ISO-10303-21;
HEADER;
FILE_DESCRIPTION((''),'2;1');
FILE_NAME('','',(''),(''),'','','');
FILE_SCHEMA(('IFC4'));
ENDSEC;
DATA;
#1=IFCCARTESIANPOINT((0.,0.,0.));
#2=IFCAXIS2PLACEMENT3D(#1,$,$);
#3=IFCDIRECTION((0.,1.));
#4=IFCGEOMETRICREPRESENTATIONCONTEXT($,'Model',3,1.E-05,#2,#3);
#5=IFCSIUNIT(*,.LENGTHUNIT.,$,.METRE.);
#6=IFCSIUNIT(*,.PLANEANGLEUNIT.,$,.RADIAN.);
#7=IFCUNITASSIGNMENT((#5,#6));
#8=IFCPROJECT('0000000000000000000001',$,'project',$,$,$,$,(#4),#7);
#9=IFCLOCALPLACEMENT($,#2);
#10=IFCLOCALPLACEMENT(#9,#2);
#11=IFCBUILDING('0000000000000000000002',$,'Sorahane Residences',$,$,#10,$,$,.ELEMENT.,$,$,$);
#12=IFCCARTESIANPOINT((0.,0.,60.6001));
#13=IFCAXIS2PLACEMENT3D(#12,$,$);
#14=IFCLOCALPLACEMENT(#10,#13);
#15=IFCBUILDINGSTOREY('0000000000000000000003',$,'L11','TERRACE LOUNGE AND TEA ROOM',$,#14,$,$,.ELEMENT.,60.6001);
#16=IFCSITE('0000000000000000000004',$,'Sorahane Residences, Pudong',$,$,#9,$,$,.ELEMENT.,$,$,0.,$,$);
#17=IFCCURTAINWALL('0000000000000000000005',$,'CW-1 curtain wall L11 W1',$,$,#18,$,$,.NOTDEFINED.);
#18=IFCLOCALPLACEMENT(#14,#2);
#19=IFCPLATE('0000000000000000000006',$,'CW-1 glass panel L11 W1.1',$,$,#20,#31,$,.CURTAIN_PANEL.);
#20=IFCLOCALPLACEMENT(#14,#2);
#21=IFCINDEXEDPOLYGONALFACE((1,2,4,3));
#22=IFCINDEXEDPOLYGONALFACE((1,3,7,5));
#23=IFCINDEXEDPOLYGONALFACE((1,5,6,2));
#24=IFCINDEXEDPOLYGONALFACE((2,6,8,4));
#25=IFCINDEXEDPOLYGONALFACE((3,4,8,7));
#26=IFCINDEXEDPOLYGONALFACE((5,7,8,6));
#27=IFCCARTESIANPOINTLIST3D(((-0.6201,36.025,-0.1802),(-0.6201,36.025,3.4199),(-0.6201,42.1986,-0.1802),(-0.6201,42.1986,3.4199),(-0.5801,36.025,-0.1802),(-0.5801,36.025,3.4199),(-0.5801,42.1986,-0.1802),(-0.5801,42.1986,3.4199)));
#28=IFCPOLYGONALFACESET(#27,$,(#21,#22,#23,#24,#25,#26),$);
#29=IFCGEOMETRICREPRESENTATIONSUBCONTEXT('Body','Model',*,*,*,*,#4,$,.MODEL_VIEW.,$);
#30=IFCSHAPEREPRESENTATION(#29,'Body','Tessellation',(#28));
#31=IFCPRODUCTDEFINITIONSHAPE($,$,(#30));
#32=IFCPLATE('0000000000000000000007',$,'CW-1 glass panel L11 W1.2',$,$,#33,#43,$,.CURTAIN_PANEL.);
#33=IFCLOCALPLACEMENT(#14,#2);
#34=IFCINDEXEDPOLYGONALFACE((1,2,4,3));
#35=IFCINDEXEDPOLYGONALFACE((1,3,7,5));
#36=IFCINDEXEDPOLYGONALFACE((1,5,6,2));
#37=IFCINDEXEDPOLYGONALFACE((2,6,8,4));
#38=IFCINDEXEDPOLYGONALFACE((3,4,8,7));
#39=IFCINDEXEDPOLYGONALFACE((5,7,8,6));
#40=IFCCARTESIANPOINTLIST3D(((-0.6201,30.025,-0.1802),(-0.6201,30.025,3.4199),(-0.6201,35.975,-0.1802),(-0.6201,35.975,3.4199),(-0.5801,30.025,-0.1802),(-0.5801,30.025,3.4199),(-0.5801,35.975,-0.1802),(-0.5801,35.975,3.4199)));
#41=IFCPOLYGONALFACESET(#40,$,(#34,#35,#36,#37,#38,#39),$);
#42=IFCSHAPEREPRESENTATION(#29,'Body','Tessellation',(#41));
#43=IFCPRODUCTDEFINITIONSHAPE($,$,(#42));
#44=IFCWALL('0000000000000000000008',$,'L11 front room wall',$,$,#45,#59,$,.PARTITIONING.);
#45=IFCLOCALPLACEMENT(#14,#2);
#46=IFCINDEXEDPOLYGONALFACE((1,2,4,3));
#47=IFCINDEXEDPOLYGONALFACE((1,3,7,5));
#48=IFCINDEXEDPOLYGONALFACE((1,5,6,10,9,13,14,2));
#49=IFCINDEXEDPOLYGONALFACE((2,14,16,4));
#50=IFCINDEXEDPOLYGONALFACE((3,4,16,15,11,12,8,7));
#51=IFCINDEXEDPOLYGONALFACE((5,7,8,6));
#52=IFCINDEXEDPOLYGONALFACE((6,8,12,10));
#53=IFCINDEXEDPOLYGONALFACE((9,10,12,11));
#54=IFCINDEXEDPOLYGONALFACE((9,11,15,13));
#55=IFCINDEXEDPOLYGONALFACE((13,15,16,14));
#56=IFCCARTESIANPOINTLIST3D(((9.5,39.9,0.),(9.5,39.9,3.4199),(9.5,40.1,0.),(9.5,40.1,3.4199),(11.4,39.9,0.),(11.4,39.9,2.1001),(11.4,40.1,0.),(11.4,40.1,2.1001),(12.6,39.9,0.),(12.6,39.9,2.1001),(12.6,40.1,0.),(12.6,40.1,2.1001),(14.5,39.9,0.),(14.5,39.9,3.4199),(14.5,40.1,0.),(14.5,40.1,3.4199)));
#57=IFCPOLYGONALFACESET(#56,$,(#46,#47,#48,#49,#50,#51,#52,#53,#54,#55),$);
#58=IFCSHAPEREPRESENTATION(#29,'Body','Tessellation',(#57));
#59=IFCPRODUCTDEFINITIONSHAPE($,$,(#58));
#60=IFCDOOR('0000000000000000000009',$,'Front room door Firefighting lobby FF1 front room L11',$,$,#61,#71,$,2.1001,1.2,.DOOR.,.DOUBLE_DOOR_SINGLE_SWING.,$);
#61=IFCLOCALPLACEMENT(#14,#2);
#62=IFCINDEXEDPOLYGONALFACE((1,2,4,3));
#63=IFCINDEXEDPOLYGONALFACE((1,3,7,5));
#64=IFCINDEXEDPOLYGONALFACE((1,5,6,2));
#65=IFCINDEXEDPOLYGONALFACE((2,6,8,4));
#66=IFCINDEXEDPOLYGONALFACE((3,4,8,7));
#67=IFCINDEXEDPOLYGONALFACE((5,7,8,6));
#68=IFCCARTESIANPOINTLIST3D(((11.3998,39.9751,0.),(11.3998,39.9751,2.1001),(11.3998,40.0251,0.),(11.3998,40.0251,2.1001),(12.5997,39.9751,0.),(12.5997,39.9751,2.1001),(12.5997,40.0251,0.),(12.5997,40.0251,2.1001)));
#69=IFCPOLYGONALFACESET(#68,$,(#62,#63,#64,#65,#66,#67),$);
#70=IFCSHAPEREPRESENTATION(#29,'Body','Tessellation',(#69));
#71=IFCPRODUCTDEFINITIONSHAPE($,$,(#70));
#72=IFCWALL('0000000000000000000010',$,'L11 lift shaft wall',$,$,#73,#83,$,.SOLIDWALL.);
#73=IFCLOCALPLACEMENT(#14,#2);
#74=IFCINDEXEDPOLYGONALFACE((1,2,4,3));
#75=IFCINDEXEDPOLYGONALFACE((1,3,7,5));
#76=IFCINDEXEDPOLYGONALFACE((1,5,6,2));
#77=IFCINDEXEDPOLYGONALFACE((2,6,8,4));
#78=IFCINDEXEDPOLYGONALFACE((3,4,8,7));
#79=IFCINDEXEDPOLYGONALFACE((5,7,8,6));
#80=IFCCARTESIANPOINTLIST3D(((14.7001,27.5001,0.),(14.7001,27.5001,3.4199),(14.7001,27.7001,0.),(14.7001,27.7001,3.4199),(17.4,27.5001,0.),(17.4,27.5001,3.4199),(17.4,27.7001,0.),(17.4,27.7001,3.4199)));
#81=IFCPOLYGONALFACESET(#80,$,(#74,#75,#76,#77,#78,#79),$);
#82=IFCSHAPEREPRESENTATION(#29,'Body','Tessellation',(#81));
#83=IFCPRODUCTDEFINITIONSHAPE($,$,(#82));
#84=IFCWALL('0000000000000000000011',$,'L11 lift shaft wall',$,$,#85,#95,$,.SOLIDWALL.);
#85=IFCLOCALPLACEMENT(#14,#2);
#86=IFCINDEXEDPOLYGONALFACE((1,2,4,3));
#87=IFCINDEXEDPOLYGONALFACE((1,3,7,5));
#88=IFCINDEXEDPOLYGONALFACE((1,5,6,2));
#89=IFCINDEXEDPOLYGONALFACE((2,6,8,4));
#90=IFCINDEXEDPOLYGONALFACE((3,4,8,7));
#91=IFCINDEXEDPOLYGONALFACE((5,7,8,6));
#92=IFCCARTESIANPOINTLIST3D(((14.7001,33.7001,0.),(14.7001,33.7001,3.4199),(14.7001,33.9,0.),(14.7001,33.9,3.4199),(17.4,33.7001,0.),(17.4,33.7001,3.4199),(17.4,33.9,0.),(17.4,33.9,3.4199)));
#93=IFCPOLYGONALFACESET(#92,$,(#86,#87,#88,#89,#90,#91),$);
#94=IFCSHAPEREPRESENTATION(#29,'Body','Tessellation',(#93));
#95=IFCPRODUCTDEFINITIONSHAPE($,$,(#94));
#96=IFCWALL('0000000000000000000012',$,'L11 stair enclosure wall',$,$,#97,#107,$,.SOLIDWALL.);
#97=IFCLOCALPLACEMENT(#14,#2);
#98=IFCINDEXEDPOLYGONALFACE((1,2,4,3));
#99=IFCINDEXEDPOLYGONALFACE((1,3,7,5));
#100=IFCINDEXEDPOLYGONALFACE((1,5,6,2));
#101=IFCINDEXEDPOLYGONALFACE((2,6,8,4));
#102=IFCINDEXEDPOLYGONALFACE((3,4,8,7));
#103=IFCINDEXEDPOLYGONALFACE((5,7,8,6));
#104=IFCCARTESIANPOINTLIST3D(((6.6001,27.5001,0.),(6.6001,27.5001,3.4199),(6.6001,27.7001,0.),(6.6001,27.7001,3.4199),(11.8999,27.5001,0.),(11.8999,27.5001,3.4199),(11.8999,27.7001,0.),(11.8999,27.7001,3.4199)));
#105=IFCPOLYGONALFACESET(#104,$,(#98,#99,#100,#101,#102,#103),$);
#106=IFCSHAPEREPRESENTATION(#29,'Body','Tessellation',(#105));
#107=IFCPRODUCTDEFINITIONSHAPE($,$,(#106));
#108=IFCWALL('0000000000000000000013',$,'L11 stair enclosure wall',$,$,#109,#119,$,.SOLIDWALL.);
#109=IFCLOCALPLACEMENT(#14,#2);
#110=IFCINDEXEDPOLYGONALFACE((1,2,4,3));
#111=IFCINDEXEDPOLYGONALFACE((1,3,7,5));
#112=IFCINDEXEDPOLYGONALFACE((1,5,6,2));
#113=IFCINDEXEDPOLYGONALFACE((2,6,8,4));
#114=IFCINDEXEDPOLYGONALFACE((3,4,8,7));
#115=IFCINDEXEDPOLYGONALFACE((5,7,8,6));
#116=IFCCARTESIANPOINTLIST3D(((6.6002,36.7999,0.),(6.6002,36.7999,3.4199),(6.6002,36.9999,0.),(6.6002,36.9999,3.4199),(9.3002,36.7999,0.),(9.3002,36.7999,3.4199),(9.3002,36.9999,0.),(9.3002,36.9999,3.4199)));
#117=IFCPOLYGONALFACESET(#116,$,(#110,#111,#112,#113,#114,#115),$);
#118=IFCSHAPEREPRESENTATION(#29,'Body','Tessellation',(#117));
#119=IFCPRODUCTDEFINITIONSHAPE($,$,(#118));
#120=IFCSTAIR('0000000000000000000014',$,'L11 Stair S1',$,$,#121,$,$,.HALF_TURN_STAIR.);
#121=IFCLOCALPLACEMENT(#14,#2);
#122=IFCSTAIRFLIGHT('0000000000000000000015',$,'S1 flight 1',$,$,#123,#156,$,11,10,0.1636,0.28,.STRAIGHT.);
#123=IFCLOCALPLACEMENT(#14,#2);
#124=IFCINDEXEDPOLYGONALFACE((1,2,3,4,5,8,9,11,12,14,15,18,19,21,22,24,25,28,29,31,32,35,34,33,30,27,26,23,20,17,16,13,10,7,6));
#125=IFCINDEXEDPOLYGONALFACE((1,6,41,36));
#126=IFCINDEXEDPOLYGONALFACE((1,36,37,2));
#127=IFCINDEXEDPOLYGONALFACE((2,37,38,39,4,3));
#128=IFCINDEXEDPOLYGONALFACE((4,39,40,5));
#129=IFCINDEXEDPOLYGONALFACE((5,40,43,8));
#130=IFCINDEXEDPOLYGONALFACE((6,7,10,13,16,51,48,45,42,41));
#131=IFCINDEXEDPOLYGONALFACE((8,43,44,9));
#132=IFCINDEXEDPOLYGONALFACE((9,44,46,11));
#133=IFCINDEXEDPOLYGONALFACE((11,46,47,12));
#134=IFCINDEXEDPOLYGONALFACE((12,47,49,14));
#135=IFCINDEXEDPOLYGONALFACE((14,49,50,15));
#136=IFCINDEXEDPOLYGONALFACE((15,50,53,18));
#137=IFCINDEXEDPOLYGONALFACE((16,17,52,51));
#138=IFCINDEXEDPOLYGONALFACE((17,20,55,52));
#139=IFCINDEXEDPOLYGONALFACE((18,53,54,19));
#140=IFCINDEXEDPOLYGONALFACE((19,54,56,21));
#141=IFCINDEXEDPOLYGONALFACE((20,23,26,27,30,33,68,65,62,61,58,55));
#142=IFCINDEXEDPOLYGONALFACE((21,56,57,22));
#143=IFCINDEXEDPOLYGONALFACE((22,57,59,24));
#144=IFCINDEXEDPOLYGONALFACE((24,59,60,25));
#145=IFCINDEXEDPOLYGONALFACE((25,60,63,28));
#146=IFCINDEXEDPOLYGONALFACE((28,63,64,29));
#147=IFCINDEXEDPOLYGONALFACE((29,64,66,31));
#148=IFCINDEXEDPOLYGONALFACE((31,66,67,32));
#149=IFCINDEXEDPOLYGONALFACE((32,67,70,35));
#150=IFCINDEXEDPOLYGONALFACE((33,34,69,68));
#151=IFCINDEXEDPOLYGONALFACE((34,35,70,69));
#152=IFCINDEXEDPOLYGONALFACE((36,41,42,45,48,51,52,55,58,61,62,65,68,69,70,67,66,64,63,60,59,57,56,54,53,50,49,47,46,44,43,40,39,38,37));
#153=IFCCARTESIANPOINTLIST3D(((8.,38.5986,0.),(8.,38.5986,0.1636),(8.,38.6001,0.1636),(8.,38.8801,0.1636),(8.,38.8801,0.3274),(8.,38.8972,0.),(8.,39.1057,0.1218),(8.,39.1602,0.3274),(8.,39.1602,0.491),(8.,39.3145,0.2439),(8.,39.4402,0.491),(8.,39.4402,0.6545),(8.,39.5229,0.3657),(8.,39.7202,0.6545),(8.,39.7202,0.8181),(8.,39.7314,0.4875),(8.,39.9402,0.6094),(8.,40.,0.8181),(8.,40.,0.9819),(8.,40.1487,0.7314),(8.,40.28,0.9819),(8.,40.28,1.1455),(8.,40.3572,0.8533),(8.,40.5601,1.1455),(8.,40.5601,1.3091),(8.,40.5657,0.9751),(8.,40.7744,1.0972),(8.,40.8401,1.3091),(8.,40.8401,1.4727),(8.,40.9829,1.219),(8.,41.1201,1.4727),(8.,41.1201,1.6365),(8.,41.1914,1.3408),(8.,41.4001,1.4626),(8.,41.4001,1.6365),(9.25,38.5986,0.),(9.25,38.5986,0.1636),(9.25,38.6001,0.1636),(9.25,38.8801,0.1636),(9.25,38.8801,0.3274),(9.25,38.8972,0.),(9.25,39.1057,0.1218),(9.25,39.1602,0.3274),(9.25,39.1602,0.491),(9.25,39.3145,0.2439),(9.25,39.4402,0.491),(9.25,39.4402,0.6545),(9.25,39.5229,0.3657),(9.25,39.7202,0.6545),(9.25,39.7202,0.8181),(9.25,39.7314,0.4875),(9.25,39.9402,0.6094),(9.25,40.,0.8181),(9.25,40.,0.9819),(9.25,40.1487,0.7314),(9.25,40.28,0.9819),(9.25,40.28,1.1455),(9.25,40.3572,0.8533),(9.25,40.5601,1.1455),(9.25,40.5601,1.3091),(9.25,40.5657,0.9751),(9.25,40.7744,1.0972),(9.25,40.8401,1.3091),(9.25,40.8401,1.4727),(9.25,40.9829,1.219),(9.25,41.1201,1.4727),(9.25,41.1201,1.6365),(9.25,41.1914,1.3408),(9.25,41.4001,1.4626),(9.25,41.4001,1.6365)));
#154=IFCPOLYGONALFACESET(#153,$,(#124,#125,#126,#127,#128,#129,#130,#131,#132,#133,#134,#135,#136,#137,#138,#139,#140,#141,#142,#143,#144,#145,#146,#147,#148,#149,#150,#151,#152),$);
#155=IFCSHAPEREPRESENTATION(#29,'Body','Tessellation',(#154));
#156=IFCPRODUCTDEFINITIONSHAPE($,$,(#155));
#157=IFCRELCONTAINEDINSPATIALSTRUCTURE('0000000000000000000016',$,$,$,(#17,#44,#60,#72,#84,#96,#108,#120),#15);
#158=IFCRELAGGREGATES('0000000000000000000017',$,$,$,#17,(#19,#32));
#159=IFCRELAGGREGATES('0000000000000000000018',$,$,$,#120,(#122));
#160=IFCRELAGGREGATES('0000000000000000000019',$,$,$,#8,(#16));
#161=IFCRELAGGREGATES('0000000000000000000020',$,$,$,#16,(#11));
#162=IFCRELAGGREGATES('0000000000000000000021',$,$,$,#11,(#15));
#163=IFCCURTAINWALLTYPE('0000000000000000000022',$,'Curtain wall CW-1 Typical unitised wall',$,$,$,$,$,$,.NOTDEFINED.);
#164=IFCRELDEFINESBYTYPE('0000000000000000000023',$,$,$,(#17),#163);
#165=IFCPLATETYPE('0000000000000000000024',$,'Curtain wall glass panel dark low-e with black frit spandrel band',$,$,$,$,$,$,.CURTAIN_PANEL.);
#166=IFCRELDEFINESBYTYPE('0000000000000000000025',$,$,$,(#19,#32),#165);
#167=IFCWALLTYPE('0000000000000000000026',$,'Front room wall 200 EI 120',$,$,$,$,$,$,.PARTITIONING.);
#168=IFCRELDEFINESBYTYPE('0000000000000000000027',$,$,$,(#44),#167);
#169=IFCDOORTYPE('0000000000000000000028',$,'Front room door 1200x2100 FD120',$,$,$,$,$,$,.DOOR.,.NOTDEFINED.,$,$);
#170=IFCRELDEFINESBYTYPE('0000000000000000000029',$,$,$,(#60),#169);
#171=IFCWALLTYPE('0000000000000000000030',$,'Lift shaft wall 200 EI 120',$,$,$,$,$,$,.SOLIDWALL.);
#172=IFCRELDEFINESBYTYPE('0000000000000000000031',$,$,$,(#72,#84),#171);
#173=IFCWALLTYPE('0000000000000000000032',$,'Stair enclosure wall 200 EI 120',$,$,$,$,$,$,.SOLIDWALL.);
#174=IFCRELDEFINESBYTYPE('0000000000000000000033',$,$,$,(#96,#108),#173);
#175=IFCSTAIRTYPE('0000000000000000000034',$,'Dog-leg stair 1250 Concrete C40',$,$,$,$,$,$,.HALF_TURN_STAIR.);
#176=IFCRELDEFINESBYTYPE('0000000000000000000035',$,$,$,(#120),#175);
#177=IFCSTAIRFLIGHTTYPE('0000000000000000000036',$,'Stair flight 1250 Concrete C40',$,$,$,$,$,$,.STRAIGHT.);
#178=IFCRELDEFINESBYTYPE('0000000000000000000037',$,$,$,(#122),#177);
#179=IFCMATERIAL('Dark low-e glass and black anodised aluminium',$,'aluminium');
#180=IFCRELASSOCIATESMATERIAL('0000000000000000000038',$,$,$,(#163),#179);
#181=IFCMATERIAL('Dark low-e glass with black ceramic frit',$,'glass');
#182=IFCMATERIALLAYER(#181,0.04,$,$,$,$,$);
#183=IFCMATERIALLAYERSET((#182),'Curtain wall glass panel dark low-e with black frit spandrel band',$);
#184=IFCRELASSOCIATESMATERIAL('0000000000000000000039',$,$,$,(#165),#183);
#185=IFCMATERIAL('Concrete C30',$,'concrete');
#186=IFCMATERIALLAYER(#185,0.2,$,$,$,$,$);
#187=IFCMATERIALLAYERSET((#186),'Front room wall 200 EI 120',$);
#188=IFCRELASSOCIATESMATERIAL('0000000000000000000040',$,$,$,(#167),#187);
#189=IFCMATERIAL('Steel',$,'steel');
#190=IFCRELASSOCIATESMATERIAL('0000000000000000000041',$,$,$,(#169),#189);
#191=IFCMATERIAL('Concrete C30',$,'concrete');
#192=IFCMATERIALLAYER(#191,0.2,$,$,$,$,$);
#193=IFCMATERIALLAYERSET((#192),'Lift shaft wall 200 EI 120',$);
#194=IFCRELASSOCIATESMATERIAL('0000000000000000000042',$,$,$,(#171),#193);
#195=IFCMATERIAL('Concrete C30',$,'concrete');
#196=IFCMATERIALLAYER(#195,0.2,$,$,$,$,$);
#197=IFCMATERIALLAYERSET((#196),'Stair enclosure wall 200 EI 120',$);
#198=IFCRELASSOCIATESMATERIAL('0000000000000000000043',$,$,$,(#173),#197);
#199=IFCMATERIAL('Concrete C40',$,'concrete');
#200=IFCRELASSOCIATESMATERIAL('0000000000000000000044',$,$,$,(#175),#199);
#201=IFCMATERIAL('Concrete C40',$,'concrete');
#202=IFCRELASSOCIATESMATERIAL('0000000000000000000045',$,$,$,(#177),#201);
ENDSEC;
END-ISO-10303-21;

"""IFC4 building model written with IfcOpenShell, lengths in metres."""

from ifc_helpers import new_model, si_unit, direction, frame, frame_2d, origin, origin_2d, place, context, subcontext, project, spatial, polyline, rectangle, outline, extrude, material, layer, layer_set, type_object, element, fill, aggregate, save


model = new_model("IFC4")

# Units and contexts
model_context = context("Model", 3, precision=1e-05, world=origin(), true_north=direction((0.0, 1.0)))
body_context = subcontext(model_context, "Body", "Model", "MODEL_VIEW")
ifc_project = project(units=[si_unit("LENGTHUNIT", "METRE"), si_unit("PLANEANGLEUNIT", "RADIAN")], contexts=[model_context])

# Site, building, storey
site_placement = place(None, origin())
site = spatial("IfcSite", under=ifc_project, at=site_placement, Name="Sorahane Residences, Pudong", CompositionType="ELEMENT", RefElevation=0.0)
building_placement = place(site_placement, origin())
building = spatial("IfcBuilding", under=site, at=building_placement, Name="Sorahane Residences", CompositionType="ELEMENT")
storey_placement = place(building_placement, frame((0.0, 0.0, 60.6001)))
storey = spatial("IfcBuildingStorey", under=building, at=storey_placement, Name="L11", Description="TERRACE LOUNGE AND TEA ROOM", CompositionType="ELEMENT", Elevation=60.6001)

# Curtain wall
ifc_material_1 = material(Name="Dark low-e glass and black anodised aluminium", Category="aluminium")
curtain_wall_type = type_object("IfcCurtainWallType", Name="Curtain wall CW-1 Typical unitised wall", PredefinedType="NOTDEFINED", material=ifc_material_1)
curtain_wall_placement = place(storey_placement, origin())
curtain_wall = element("IfcCurtainWall", 1, at=curtain_wall_placement, inside=storey, type_object=curtain_wall_type, Name="CW-1 curtain wall L11 W1", PredefinedType="NOTDEFINED")

# Plates
ifc_material_2 = material(Name="Dark low-e glass with black ceramic frit", Category="glass")
ifc_layer_1 = layer(ifc_material_2, 0.04)
ifc_layer_set_1 = layer_set([ifc_layer_1], Name="Curtain wall glass panel dark low-e with black frit spandrel band")
plate_type = type_object("IfcPlateType", Name="Curtain wall glass panel dark low-e with black frit spandrel band", PredefinedType="CURTAIN_PANEL", material=ifc_layer_set_1)
plate_1_placement = place(storey_placement, frame((-0.6001, 39.1118, -0.1802), z_axis=(0.0, 0.0, 1.0), x_axis=(0.0, -1.0, 0.0)))
plate_1 = element("IfcPlate", 2, at=plate_1_placement, type_object=plate_type, Name="CW-1 glass panel L11 W1.1", PredefinedType="CURTAIN_PANEL", context=body_context, shape_type="SweptSolid", body=[
    extrude(rectangle(XDim=6.1736, YDim=0.04, at=origin_2d()), origin(), (0.0, 0.0, 1.0), 3.6001),
])
plate_2_placement = place(storey_placement, frame((-0.6001, 33.0, -0.1802), z_axis=(0.0, 0.0, 1.0), x_axis=(0.0, -1.0, 0.0)))
plate_2 = element("IfcPlate", 3, at=plate_2_placement, type_object=plate_type, Name="CW-1 glass panel L11 W1.2", PredefinedType="CURTAIN_PANEL", context=body_context, shape_type="SweptSolid", body=[
    extrude(rectangle(XDim=5.95, YDim=0.04, at=origin_2d()), origin(), (0.0, 0.0, 1.0), 3.6001),
])
aggregate(curtain_wall, [plate_1, plate_2])

# Wall, opening, door
ifc_material_3 = material(Name="Concrete C30", Category="concrete")
ifc_layer_2 = layer(ifc_material_3, 0.2)
ifc_layer_set_2 = layer_set([ifc_layer_2], Name="Front room wall 200 EI 120")
wall_type_1 = type_object("IfcWallType", Name="Front room wall 200 EI 120", PredefinedType="PARTITIONING", material=ifc_layer_set_2)
wall_1_placement = place(storey_placement, frame((9.5, 40.0, 0.0), z_axis=(0.0, 0.0, 1.0), x_axis=(1.0, 0.0, 0.0)))
wall_1 = element("IfcWall", 4, at=wall_1_placement, inside=storey, type_object=wall_type_1, Name="L11 front room wall", PredefinedType="PARTITIONING", context=body_context, shape_type="SweptSolid", body=[
    extrude(rectangle(XDim=5.0, YDim=0.2, at=frame_2d((2.5, 0.0))), origin(), (0.0, 0.0, 1.0), 3.4199),
])
opening_placement = place(wall_1_placement, frame((1.8999, 0.0, 0.0)))
opening = element("IfcOpeningElement", 5, at=opening_placement, cuts=wall_1, PredefinedType="OPENING", context=body_context, shape_type="SweptSolid", body=[
    extrude(rectangle(XDim=1.2, YDim=2.1001, at=frame_2d((0.6001, 1.05))), frame((0.0, 0.1099, 0.0), z_axis=(0.0, -1.0, 0.0), x_axis=(1.0, 0.0, 0.0)), (0.0, 0.0, 1.0), 0.22),
])
ifc_material_4 = material(Name="Steel", Category="steel")
door_type = type_object("IfcDoorType", Name="Front room door 1200x2100 FD120", OperationType="NOTDEFINED", PredefinedType="DOOR", material=ifc_material_4)
door_placement = place(opening_placement, frame((1.2, 0.0, 0.0), z_axis=(0.0, 0.0, 1.0), x_axis=(-1.0, 0.0, 0.0)))
door = element("IfcDoor", 6, at=door_placement, inside=storey, type_object=door_type, Name="Front room door Firefighting lobby FF1 front room L11", OperationType="DOUBLE_DOOR_SINGLE_SWING", OverallHeight=2.1001, OverallWidth=1.2, PredefinedType="DOOR", context=body_context, shape_type="SweptSolid", body=[
    extrude(rectangle(XDim=1.2, YDim=2.1001, at=frame_2d((0.6001, 1.05))), frame((0.0, 0.0249, 0.0), z_axis=(0.0, -1.0, 0.0), x_axis=(1.0, 0.0, 0.0)), (0.0, 0.0, 1.0), 0.05),
])
fill(opening, door)

# Walls
ifc_material_5 = material(Name="Concrete C30", Category="concrete")
ifc_layer_3 = layer(ifc_material_5, 0.2)
ifc_layer_set_3 = layer_set([ifc_layer_3], Name="Lift shaft wall 200 EI 120")
wall_type_2 = type_object("IfcWallType", Name="Lift shaft wall 200 EI 120", PredefinedType="SOLIDWALL", material=ifc_layer_set_3)
for number, where, z_axis, x_axis, name in (
    (7, (14.7, 27.6001, 0.0), (0.0, 0.0, 1.0), (1.0, 0.0, 0.0), "L11 lift shaft wall"),
    (8, (14.7, 33.8, 0.0), (0.0, 0.0, 1.0), (1.0, 0.0, 0.0), "L11 lift shaft wall"),
):
    element("IfcWall", number, at=place(storey_placement, frame(where, z_axis=z_axis, x_axis=x_axis)), inside=storey, type_object=wall_type_2, Name=name, PredefinedType="SOLIDWALL", context=body_context, shape_type="SweptSolid", body=[
        extrude(rectangle(XDim=2.7, YDim=0.2, at=frame_2d((1.3501, 0.0))), origin(), (0.0, 0.0, 1.0), 3.4199),
    ])
ifc_material_6 = material(Name="Concrete C30", Category="concrete")
ifc_layer_4 = layer(ifc_material_6, 0.2)
ifc_layer_set_4 = layer_set([ifc_layer_4], Name="Stair enclosure wall 200 EI 120")
wall_type_3 = type_object("IfcWallType", Name="Stair enclosure wall 200 EI 120", PredefinedType="SOLIDWALL", material=ifc_layer_set_4)
wall_2_placement = place(storey_placement, frame((6.6001, 27.6001, 0.0), z_axis=(0.0, 0.0, 1.0), x_axis=(1.0, 0.0, 0.0)))
element("IfcWall", 9, at=wall_2_placement, inside=storey, type_object=wall_type_3, Name="L11 stair enclosure wall", PredefinedType="SOLIDWALL", context=body_context, shape_type="SweptSolid", body=[
    extrude(rectangle(XDim=5.2998, YDim=0.2, at=frame_2d((2.6499, 0.0))), origin(), (0.0, 0.0, 1.0), 3.4199),
])
wall_3_placement = place(storey_placement, frame((6.6001, 36.8999, 0.0), z_axis=(0.0, 0.0, 1.0), x_axis=(1.0, 0.0, 0.0)))
element("IfcWall", 10, at=wall_3_placement, inside=storey, type_object=wall_type_3, Name="L11 stair enclosure wall", PredefinedType="SOLIDWALL", context=body_context, shape_type="SweptSolid", body=[
    extrude(rectangle(XDim=2.7, YDim=0.2, at=frame_2d((1.3501, 0.0))), origin(), (0.0, 0.0, 1.0), 3.4199),
])

# Stair, stair flight
ifc_material_7 = material(Name="Concrete C40", Category="concrete")
stair_type = type_object("IfcStairType", Name="Dog-leg stair 1250 Concrete C40", PredefinedType="HALF_TURN_STAIR", material=ifc_material_7)
stair_placement = place(storey_placement, origin())
stair = element("IfcStair", 11, at=stair_placement, inside=storey, type_object=stair_type, Name="L11 Stair S1", PredefinedType="HALF_TURN_STAIR")
ifc_material_8 = material(Name="Concrete C40", Category="concrete")
stair_flight_type = type_object("IfcStairFlightType", Name="Stair flight 1250 Concrete C40", PredefinedType="STRAIGHT", material=ifc_material_8)
stair_flight_1_placement = place(storey_placement, frame((8.625, 38.6001, 0.0), z_axis=(0.0, 0.0, 1.0), x_axis=(0.0, 1.0, 0.0)))
stair_flight_1 = element("IfcStairFlight", 12, at=stair_flight_1_placement, type_object=stair_flight_type, Name="S1 flight 1", NumberOfRisers=11, NumberOfTreads=10, PredefinedType="STRAIGHT", RiserHeight=0.1636, TreadLength=0.28, context=body_context, shape_type="SweptSolid", body=[
    extrude(outline(polyline([(-0.0015, 0.0), (-0.0015, 0.1636), (0.0, 0.1636), (0.28, 0.1636), (0.28, 0.3274), (0.5601, 0.3274), (0.5601, 0.491), (0.8401, 0.491), (0.8401, 0.6545), (1.1201, 0.6545), (1.1201, 0.8181), (1.3999, 0.8181), (1.3999, 0.9819), (1.6799, 0.9819), (1.6799, 1.1455), (1.96, 1.1455), (1.96, 1.3091), (2.24, 1.3091), (2.24, 1.4727), (2.52, 1.4727), (2.52, 1.6365), (2.8, 1.6365), (2.8, 1.8), (2.8, 1.4626), (2.5913, 1.3408), (2.3828, 1.219), (2.1743, 1.0972), (1.9656, 0.9751), (1.7571, 0.8533), (1.5486, 0.7314), (1.3401, 0.6094), (1.1313, 0.4875), (0.9229, 0.3657), (0.7144, 0.2439), (0.5056, 0.1218), (0.2971, 0.0), (-0.0015, 0.0)])), frame((0.0, 0.625, 0.0), z_axis=(0.0, -1.0, 0.0), x_axis=(1.0, 0.0, 0.0)), (0.0, 0.0, 1.0), 1.25),
])
aggregate(stair, [stair_flight_1])

save(model, "model.ifc")
